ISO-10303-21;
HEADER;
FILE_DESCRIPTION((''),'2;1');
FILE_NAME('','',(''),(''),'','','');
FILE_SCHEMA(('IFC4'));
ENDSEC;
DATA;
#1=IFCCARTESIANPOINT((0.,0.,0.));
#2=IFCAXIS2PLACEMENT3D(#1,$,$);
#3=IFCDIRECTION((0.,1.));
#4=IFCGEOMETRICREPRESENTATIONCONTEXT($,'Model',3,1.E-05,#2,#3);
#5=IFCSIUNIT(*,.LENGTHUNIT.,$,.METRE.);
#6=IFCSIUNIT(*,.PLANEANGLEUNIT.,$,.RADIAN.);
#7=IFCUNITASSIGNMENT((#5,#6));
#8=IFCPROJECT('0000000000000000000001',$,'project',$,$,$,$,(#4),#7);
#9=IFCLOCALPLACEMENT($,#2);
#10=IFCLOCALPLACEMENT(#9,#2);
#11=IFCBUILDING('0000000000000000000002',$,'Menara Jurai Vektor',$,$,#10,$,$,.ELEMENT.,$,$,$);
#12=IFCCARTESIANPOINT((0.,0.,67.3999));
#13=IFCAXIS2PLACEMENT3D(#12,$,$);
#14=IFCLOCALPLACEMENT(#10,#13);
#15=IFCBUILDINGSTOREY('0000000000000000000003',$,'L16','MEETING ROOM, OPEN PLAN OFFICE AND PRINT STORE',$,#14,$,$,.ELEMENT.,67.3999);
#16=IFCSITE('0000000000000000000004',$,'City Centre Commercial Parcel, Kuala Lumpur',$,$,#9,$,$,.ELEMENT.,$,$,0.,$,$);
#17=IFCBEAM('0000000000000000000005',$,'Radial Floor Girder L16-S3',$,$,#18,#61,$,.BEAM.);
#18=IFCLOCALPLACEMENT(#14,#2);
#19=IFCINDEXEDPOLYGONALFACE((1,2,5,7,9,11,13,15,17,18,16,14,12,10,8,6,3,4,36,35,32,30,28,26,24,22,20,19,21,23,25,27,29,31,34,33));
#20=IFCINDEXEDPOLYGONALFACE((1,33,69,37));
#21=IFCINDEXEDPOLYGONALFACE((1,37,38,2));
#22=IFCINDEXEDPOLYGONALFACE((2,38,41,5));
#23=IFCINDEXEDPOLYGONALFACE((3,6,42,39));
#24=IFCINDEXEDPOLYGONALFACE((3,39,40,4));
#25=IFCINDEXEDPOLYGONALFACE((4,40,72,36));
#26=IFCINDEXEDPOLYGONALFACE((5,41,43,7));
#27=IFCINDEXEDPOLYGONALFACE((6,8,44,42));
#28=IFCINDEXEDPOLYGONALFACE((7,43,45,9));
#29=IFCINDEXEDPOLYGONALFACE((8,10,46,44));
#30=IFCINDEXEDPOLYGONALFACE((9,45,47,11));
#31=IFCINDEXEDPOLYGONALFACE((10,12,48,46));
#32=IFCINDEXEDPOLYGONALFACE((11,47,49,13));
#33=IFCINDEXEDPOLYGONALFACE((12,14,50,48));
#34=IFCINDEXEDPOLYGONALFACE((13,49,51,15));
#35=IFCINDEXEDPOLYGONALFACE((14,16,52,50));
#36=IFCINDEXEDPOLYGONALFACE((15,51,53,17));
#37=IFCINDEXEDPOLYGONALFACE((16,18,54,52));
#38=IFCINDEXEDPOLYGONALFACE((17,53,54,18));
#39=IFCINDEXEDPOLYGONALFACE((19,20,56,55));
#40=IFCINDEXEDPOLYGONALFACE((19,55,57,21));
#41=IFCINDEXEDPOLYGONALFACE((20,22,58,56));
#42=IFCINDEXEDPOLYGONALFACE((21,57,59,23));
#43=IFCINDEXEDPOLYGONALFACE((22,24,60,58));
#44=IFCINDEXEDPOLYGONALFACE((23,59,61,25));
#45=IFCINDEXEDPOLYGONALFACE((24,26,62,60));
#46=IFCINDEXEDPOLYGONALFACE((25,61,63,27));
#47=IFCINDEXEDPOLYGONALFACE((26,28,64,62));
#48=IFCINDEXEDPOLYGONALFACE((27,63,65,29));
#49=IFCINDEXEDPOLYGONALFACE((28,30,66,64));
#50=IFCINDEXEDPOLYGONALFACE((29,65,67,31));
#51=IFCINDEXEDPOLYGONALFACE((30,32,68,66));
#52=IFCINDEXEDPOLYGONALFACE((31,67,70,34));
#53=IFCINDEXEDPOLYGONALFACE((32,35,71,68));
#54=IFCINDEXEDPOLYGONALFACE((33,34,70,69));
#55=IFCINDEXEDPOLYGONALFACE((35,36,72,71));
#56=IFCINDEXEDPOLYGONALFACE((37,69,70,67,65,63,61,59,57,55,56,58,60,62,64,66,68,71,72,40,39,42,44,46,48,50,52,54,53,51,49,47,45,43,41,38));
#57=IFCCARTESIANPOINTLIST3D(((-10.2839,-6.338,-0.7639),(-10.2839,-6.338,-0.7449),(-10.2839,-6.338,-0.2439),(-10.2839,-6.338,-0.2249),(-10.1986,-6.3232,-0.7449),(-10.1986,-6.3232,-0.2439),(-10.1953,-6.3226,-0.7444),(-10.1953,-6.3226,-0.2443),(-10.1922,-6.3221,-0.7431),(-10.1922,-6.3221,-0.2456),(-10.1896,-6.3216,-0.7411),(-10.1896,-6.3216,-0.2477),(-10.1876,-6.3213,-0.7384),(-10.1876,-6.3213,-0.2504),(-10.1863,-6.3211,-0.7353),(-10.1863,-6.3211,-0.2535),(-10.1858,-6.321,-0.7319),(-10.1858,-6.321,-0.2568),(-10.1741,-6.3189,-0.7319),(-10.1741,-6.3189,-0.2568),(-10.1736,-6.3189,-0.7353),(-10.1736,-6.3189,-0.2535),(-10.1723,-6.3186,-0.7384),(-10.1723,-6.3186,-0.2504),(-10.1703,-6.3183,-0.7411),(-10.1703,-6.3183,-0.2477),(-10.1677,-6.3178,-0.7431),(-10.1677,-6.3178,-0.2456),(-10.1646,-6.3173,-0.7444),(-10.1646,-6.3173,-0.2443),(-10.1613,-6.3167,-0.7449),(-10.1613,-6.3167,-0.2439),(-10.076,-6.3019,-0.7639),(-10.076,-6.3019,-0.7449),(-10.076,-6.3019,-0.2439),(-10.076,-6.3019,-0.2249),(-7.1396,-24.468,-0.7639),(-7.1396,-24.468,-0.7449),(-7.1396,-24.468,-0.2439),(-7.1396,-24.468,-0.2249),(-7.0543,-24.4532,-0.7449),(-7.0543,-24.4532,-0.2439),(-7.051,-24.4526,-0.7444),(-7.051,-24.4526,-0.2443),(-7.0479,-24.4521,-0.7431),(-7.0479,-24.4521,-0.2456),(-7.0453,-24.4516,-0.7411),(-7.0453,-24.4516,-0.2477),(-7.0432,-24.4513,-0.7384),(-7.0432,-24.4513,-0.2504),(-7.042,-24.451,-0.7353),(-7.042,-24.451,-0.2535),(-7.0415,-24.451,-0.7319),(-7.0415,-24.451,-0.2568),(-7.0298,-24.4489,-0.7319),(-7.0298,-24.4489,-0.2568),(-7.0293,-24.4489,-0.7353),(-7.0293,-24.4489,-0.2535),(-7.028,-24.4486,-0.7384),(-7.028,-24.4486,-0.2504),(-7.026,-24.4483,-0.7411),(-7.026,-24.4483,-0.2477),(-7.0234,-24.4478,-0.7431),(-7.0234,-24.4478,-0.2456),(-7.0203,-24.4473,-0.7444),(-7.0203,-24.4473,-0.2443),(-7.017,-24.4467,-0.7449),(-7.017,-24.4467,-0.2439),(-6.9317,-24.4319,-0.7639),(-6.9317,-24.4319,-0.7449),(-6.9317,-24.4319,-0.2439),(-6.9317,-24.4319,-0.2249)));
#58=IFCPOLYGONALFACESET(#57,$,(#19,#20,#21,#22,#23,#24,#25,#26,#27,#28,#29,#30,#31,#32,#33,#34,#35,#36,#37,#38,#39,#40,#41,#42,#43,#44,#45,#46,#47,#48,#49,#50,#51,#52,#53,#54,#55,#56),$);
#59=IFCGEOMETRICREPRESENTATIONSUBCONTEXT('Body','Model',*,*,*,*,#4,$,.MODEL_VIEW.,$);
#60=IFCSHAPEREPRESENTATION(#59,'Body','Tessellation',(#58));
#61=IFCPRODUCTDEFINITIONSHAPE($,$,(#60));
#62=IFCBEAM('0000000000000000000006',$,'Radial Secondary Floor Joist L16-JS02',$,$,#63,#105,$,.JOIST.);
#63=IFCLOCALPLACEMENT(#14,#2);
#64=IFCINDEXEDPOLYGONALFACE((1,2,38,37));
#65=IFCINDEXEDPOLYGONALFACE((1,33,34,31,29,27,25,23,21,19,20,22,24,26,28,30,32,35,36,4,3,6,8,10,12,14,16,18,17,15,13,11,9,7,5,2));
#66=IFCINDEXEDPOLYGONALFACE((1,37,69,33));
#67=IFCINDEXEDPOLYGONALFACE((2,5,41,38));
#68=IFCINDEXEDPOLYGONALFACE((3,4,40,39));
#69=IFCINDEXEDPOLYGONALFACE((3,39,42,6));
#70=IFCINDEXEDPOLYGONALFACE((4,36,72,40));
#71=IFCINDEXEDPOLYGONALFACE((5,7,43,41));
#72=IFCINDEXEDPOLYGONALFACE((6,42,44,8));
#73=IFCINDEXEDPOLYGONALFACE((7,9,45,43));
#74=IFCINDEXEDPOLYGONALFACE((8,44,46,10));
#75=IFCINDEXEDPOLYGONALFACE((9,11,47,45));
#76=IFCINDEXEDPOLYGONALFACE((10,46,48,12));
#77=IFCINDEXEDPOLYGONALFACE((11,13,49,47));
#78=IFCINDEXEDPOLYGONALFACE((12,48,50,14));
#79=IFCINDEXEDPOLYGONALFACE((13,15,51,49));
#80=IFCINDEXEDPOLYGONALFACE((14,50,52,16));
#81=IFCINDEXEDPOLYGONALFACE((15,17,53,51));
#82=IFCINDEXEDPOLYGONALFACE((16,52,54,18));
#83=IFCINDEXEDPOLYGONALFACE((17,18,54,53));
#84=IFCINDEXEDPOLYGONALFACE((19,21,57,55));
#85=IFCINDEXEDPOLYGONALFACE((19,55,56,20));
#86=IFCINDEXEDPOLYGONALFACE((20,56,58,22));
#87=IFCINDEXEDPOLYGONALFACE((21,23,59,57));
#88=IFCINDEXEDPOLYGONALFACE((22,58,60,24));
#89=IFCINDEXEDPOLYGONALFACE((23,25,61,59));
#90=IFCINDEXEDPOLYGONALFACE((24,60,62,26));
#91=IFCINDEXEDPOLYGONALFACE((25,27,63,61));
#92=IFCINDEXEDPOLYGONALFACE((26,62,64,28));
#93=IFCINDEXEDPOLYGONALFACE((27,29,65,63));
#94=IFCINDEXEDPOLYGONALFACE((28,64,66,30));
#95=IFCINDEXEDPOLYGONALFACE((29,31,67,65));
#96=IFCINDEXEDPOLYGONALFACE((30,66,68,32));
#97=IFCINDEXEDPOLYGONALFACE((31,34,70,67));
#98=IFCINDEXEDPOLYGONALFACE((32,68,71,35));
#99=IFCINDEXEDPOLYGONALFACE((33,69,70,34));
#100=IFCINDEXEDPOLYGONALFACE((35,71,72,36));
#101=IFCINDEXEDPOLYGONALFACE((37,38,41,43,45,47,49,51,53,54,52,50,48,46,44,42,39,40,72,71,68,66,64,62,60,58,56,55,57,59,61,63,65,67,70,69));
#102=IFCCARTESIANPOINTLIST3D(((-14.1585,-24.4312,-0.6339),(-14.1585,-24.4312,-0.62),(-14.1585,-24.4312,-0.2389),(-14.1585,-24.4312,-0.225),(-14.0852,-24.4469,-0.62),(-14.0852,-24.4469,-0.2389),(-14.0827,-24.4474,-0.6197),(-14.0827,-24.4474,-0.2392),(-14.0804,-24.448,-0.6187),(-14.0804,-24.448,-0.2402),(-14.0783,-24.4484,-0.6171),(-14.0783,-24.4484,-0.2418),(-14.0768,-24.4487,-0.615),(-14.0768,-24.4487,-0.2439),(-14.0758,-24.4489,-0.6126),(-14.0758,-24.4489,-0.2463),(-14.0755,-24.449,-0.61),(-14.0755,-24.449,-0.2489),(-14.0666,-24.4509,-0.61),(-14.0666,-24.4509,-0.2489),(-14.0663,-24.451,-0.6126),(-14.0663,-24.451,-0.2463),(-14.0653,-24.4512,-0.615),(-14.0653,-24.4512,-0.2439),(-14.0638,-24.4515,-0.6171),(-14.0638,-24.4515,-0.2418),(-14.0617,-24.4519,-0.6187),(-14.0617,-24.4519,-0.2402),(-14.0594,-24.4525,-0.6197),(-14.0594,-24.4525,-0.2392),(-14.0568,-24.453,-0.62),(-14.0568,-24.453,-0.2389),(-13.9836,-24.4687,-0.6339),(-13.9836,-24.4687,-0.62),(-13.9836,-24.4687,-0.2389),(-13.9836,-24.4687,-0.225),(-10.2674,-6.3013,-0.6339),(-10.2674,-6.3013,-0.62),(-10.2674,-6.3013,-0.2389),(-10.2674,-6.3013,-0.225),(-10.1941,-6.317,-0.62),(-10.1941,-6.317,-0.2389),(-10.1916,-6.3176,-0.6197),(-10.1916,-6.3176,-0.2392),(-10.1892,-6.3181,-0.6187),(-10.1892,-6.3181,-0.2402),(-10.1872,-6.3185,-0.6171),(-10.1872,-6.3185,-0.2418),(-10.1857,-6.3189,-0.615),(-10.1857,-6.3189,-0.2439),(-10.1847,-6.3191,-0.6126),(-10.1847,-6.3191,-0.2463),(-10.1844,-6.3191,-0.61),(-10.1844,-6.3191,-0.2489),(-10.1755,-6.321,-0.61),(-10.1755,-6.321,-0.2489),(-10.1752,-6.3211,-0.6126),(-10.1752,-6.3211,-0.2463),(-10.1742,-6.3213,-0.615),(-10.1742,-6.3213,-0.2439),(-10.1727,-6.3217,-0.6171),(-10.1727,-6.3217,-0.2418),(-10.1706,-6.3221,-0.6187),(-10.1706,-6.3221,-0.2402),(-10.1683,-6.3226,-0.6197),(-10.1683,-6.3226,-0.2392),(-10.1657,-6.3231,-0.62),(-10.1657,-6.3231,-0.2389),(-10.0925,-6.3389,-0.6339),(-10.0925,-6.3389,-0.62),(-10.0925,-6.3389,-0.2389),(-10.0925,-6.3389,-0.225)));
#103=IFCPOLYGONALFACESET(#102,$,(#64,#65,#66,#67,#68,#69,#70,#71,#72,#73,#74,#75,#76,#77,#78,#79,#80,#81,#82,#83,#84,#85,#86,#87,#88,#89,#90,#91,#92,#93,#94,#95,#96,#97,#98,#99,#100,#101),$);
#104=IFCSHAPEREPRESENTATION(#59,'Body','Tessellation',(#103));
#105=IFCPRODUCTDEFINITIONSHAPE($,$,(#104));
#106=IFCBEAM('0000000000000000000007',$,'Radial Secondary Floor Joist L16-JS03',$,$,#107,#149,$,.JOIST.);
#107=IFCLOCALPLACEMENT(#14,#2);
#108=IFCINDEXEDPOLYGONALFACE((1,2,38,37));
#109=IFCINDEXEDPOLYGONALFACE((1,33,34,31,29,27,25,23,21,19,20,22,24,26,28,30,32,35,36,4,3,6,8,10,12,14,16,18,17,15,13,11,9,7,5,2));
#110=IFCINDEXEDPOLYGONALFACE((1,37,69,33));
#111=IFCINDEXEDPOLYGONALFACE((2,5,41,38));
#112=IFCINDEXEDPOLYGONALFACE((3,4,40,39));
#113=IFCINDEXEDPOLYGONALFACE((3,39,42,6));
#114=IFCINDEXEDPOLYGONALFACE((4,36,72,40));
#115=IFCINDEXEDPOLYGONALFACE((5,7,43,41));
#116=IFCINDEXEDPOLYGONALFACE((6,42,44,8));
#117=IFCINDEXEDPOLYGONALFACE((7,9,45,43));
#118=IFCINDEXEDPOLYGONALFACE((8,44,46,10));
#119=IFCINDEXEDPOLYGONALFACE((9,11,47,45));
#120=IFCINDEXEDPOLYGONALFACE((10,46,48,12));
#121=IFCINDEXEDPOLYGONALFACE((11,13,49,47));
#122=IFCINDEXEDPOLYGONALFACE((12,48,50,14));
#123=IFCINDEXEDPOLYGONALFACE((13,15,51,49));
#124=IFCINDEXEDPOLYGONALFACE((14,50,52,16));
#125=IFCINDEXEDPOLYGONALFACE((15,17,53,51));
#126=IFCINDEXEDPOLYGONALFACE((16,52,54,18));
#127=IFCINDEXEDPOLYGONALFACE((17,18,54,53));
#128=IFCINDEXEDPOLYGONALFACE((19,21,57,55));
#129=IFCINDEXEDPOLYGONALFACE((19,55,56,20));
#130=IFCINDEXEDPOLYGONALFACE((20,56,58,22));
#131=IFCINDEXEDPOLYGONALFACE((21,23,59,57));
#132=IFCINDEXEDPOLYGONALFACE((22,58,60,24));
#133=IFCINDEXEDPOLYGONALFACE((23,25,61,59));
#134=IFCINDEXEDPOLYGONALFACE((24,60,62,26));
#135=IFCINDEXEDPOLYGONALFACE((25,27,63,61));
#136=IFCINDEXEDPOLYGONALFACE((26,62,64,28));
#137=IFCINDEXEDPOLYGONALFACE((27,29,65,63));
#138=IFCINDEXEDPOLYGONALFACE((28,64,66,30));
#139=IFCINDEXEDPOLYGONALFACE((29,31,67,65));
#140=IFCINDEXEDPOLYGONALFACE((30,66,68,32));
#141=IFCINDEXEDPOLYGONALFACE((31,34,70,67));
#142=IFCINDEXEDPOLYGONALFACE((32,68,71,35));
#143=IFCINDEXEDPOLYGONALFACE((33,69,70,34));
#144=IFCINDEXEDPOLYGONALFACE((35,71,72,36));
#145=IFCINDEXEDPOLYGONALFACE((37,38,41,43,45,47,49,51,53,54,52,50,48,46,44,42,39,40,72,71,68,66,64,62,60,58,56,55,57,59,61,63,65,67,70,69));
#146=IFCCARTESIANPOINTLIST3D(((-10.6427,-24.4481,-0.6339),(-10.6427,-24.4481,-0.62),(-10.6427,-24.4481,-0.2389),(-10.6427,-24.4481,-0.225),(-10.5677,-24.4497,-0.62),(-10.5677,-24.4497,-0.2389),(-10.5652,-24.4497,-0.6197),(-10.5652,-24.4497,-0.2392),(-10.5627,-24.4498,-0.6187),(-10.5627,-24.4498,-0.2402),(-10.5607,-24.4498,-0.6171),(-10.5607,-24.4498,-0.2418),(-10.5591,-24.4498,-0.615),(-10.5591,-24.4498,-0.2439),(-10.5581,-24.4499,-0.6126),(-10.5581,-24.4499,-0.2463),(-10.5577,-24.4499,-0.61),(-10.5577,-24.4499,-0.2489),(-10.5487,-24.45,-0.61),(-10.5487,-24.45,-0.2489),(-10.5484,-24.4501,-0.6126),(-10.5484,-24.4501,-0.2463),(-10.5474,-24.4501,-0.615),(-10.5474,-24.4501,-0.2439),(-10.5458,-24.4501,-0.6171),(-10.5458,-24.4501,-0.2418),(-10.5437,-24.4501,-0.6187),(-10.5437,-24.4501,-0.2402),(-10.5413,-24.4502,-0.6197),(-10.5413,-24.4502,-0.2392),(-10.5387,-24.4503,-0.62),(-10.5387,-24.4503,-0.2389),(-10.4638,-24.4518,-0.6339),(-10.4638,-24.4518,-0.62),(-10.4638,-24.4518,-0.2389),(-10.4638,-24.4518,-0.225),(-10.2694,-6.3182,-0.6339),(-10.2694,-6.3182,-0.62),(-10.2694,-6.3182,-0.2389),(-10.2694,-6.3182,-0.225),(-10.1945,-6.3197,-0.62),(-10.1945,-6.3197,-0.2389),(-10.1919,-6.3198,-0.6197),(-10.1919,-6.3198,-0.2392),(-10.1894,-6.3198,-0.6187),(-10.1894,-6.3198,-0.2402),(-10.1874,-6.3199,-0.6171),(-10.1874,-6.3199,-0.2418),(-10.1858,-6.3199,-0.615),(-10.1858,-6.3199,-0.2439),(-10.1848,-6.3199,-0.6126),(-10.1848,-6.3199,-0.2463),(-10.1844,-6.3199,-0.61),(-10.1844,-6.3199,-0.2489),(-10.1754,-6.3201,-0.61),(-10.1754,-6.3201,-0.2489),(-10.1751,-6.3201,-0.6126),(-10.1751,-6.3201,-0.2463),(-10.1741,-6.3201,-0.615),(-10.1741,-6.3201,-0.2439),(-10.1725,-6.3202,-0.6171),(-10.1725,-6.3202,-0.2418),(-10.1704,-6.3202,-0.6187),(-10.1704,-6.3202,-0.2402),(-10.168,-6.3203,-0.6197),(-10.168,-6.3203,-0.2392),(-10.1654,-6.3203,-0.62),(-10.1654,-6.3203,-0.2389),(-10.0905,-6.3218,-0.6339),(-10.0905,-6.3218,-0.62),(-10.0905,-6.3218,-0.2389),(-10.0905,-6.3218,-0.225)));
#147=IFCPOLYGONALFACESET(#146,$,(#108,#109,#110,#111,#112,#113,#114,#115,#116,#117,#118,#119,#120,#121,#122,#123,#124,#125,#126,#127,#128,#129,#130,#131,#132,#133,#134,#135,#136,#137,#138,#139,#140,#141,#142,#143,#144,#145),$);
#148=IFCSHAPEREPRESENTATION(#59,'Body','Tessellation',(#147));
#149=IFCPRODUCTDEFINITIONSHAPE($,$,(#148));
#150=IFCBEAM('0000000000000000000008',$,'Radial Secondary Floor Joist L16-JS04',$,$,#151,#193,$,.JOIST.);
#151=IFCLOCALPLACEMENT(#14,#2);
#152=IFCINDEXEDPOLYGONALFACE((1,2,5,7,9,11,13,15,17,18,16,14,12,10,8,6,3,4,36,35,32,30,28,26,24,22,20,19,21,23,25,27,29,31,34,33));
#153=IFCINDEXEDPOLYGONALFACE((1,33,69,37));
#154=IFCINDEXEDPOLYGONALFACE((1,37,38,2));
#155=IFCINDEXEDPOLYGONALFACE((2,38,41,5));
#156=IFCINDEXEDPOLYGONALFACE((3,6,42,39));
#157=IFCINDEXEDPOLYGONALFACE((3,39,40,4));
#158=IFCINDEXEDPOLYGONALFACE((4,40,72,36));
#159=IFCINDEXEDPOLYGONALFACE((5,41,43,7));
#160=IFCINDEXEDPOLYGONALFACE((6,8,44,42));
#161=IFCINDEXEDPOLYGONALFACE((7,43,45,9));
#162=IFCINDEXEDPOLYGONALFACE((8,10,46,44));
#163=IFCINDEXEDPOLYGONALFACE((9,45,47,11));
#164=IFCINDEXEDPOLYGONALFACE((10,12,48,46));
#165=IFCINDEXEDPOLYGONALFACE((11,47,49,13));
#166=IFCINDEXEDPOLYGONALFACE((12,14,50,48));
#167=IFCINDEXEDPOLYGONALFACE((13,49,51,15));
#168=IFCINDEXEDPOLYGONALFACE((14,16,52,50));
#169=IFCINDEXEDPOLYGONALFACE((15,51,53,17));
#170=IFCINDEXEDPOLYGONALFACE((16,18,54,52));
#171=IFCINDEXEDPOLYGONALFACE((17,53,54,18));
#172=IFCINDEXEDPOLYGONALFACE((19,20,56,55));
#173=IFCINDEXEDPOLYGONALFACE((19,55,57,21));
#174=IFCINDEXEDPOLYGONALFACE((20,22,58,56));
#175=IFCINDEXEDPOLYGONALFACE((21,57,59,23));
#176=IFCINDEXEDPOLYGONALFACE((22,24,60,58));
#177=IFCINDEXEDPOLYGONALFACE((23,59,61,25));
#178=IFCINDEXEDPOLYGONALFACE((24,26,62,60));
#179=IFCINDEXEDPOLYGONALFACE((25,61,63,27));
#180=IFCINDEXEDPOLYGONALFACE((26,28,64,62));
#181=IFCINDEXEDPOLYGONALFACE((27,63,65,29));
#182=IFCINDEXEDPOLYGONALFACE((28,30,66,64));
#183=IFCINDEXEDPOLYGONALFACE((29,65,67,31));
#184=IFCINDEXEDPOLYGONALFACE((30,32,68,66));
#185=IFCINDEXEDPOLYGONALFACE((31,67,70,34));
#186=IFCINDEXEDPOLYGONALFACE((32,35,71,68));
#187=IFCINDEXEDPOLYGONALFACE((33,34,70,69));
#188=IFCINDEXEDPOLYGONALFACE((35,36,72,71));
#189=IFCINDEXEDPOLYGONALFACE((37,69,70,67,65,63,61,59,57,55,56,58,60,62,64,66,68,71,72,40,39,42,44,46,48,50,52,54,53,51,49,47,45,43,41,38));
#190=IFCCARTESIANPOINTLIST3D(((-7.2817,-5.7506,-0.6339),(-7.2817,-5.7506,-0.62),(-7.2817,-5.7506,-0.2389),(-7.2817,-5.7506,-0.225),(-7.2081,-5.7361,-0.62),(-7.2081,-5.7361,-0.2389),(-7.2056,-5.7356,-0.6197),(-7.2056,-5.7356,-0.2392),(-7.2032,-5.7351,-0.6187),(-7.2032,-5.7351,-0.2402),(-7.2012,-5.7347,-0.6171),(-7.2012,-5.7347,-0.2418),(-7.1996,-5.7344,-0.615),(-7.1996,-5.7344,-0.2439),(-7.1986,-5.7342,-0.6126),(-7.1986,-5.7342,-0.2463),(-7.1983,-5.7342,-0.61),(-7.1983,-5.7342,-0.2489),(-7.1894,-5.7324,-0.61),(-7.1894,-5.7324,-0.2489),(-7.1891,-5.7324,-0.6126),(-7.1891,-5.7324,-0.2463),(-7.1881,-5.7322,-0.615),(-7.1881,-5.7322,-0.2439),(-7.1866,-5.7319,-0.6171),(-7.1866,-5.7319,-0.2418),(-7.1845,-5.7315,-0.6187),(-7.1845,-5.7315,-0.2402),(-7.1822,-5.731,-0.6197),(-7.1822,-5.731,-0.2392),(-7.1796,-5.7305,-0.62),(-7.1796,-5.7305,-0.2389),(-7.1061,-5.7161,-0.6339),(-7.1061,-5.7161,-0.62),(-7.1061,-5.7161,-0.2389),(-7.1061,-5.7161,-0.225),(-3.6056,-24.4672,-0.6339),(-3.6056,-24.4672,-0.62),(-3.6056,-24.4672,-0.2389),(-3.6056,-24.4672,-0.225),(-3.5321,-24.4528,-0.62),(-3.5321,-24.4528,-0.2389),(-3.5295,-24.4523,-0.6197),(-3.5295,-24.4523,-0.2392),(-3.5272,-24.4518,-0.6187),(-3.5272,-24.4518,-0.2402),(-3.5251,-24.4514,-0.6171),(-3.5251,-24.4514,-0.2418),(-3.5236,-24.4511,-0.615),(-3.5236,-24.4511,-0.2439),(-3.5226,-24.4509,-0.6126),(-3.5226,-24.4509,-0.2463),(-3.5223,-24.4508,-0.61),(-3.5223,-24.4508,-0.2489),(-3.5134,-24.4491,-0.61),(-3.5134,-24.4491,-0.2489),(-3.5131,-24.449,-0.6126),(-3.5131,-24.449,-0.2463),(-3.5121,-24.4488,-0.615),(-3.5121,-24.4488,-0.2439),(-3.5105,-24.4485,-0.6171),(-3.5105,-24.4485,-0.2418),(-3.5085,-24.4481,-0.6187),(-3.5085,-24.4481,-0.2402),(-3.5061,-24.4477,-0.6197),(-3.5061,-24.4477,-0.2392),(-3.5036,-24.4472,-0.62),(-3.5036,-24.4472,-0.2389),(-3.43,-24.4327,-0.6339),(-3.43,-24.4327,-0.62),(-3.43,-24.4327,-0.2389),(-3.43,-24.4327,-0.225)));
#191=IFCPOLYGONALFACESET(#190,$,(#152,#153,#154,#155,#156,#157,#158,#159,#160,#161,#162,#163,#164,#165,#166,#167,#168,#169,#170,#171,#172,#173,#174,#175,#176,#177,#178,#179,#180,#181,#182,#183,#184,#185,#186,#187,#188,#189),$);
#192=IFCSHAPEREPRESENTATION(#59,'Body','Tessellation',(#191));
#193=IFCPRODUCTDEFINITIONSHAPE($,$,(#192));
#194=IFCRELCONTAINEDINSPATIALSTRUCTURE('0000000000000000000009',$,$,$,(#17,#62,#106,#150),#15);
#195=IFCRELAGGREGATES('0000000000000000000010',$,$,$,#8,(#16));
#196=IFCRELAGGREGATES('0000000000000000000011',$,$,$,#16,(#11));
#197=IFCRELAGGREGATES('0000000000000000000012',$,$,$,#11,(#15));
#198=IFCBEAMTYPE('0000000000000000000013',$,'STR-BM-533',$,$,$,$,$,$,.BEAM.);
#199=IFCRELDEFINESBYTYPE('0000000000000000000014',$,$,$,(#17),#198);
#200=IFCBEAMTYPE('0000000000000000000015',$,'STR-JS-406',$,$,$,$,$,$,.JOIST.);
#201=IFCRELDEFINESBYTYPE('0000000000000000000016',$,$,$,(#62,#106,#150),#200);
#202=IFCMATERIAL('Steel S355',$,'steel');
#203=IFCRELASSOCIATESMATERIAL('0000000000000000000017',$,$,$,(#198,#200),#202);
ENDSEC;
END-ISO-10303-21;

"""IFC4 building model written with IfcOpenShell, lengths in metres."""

from ifc_helpers import new_model, si_unit, direction, frame, origin, origin_2d, place, context, subcontext, project, spatial, i_section, extrude, material, material_profile, profile_set, type_object, element, save


model = new_model("IFC4")

# Units and contexts
model_context = context("Model", 3, precision=1e-05, world=origin(), true_north=direction((0.0, 1.0)))
body_context = subcontext(model_context, "Body", "Model", "MODEL_VIEW")
ifc_project = project(units=[si_unit("LENGTHUNIT", "METRE"), si_unit("PLANEANGLEUNIT", "RADIAN")], contexts=[model_context])

# Site, building, storey
site_placement = place(None, origin())
site = spatial("IfcSite", under=ifc_project, at=site_placement, Name="City Centre Commercial Parcel, Kuala Lumpur", CompositionType="ELEMENT", RefElevation=0.0)
building_placement = place(site_placement, origin())
building = spatial("IfcBuilding", under=site, at=building_placement, Name="Menara Jurai Vektor", CompositionType="ELEMENT")
storey_placement = place(building_placement, frame((0.0, 0.0, 67.3999)))
storey = spatial("IfcBuildingStorey", under=building, at=storey_placement, Name="L16", Description="MEETING ROOM, OPEN PLAN OFFICE AND PRINT STORE", CompositionType="ELEMENT", Elevation=67.3999)

# Beams
ifc_material_1 = material(Name="Steel S355", Category="steel")
ifc_material_profile_1 = material_profile(ifc_material_1, i_section(OverallWidth=0.2109, OverallDepth=0.5391, WebThickness=0.012, FlangeThickness=0.019, FilletRadius=0.0129, at=origin_2d()), Name="UKB 533x210x109")
ifc_profile_set_1 = profile_set([ifc_material_profile_1], Name="Steel S355")
beam_type_1 = type_object("IfcBeamType", Name="STR-BM-533", PredefinedType="BEAM", material=ifc_profile_set_1)
beam_1_placement = place(storey_placement, frame((-7.0356, -24.45, -0.4944), z_axis=(-0.17088, 0.985292, 0.0), x_axis=(-0.985292, -0.17088, 0.0)))
element("IfcBeam", 1, at=beam_1_placement, inside=storey, type_object=beam_type_1, Name="Radial Floor Girder L16-S3", PredefinedType="BEAM", context=body_context, shape_type="SweptSolid", body=[
    extrude(i_section(OverallWidth=0.2109, OverallDepth=0.5391, WebThickness=0.012, FlangeThickness=0.019, FilletRadius=0.0129, at=origin_2d()), origin(), (0.0, 0.0, 1.0), 18.4006),
])
ifc_material_profile_2 = material_profile(ifc_material_1, i_section(OverallWidth=0.179, OverallDepth=0.4089, WebThickness=0.009, FlangeThickness=0.0139, FilletRadius=0.01, at=origin_2d()), Name="UKB 406x178x67")
ifc_profile_set_2 = profile_set([ifc_material_profile_2], Name="Steel S355")
beam_type_2 = type_object("IfcBeamType", Name="STR-JS-406", PredefinedType="JOIST", material=ifc_profile_set_2)
beam_2_placement = place(storey_placement, frame((-14.071, -24.45, -0.4294), z_axis=(0.209846, 0.977735, 0.0), x_axis=(-0.977735, 0.209846, 0.0)))
element("IfcBeam", 2, at=beam_2_placement, inside=storey, type_object=beam_type_2, Name="Radial Secondary Floor Joist L16-JS02", PredefinedType="JOIST", context=body_context, shape_type="SweptSolid", body=[
    extrude(i_section(OverallWidth=0.179, OverallDepth=0.4089, WebThickness=0.009, FlangeThickness=0.0139, FilletRadius=0.01, at=origin_2d()), origin(), (0.0, 0.0, 1.0), 18.5427),
])
beam_3_placement = place(storey_placement, frame((-10.5532, -24.45, -0.4294), z_axis=(0.020585, 0.999788, 0.0), x_axis=(-0.999788, 0.020585, 0.0)))
element("IfcBeam", 3, at=beam_3_placement, inside=storey, type_object=beam_type_2, Name="Radial Secondary Floor Joist L16-JS03", PredefinedType="JOIST", context=body_context, shape_type="SweptSolid", body=[
    extrude(i_section(OverallWidth=0.179, OverallDepth=0.4089, WebThickness=0.009, FlangeThickness=0.0139, FilletRadius=0.01, at=origin_2d()), origin(), (0.0, 0.0, 1.0), 18.1338),
])
beam_4_placement = place(storey_placement, frame((-3.5178, -24.45, -0.4294), z_axis=(-0.192723, 0.981253, 0.0), x_axis=(-0.981253, -0.192723, 0.0)))
element("IfcBeam", 4, at=beam_4_placement, inside=storey, type_object=beam_type_2, Name="Radial Secondary Floor Joist L16-JS04", PredefinedType="JOIST", context=body_context, shape_type="SweptSolid", body=[
    extrude(i_section(OverallWidth=0.179, OverallDepth=0.4089, WebThickness=0.009, FlangeThickness=0.0139, FilletRadius=0.01, at=origin_2d()), origin(), (0.0, 0.0, 1.0), 19.0742),
])

save(model, "model.ifc")
